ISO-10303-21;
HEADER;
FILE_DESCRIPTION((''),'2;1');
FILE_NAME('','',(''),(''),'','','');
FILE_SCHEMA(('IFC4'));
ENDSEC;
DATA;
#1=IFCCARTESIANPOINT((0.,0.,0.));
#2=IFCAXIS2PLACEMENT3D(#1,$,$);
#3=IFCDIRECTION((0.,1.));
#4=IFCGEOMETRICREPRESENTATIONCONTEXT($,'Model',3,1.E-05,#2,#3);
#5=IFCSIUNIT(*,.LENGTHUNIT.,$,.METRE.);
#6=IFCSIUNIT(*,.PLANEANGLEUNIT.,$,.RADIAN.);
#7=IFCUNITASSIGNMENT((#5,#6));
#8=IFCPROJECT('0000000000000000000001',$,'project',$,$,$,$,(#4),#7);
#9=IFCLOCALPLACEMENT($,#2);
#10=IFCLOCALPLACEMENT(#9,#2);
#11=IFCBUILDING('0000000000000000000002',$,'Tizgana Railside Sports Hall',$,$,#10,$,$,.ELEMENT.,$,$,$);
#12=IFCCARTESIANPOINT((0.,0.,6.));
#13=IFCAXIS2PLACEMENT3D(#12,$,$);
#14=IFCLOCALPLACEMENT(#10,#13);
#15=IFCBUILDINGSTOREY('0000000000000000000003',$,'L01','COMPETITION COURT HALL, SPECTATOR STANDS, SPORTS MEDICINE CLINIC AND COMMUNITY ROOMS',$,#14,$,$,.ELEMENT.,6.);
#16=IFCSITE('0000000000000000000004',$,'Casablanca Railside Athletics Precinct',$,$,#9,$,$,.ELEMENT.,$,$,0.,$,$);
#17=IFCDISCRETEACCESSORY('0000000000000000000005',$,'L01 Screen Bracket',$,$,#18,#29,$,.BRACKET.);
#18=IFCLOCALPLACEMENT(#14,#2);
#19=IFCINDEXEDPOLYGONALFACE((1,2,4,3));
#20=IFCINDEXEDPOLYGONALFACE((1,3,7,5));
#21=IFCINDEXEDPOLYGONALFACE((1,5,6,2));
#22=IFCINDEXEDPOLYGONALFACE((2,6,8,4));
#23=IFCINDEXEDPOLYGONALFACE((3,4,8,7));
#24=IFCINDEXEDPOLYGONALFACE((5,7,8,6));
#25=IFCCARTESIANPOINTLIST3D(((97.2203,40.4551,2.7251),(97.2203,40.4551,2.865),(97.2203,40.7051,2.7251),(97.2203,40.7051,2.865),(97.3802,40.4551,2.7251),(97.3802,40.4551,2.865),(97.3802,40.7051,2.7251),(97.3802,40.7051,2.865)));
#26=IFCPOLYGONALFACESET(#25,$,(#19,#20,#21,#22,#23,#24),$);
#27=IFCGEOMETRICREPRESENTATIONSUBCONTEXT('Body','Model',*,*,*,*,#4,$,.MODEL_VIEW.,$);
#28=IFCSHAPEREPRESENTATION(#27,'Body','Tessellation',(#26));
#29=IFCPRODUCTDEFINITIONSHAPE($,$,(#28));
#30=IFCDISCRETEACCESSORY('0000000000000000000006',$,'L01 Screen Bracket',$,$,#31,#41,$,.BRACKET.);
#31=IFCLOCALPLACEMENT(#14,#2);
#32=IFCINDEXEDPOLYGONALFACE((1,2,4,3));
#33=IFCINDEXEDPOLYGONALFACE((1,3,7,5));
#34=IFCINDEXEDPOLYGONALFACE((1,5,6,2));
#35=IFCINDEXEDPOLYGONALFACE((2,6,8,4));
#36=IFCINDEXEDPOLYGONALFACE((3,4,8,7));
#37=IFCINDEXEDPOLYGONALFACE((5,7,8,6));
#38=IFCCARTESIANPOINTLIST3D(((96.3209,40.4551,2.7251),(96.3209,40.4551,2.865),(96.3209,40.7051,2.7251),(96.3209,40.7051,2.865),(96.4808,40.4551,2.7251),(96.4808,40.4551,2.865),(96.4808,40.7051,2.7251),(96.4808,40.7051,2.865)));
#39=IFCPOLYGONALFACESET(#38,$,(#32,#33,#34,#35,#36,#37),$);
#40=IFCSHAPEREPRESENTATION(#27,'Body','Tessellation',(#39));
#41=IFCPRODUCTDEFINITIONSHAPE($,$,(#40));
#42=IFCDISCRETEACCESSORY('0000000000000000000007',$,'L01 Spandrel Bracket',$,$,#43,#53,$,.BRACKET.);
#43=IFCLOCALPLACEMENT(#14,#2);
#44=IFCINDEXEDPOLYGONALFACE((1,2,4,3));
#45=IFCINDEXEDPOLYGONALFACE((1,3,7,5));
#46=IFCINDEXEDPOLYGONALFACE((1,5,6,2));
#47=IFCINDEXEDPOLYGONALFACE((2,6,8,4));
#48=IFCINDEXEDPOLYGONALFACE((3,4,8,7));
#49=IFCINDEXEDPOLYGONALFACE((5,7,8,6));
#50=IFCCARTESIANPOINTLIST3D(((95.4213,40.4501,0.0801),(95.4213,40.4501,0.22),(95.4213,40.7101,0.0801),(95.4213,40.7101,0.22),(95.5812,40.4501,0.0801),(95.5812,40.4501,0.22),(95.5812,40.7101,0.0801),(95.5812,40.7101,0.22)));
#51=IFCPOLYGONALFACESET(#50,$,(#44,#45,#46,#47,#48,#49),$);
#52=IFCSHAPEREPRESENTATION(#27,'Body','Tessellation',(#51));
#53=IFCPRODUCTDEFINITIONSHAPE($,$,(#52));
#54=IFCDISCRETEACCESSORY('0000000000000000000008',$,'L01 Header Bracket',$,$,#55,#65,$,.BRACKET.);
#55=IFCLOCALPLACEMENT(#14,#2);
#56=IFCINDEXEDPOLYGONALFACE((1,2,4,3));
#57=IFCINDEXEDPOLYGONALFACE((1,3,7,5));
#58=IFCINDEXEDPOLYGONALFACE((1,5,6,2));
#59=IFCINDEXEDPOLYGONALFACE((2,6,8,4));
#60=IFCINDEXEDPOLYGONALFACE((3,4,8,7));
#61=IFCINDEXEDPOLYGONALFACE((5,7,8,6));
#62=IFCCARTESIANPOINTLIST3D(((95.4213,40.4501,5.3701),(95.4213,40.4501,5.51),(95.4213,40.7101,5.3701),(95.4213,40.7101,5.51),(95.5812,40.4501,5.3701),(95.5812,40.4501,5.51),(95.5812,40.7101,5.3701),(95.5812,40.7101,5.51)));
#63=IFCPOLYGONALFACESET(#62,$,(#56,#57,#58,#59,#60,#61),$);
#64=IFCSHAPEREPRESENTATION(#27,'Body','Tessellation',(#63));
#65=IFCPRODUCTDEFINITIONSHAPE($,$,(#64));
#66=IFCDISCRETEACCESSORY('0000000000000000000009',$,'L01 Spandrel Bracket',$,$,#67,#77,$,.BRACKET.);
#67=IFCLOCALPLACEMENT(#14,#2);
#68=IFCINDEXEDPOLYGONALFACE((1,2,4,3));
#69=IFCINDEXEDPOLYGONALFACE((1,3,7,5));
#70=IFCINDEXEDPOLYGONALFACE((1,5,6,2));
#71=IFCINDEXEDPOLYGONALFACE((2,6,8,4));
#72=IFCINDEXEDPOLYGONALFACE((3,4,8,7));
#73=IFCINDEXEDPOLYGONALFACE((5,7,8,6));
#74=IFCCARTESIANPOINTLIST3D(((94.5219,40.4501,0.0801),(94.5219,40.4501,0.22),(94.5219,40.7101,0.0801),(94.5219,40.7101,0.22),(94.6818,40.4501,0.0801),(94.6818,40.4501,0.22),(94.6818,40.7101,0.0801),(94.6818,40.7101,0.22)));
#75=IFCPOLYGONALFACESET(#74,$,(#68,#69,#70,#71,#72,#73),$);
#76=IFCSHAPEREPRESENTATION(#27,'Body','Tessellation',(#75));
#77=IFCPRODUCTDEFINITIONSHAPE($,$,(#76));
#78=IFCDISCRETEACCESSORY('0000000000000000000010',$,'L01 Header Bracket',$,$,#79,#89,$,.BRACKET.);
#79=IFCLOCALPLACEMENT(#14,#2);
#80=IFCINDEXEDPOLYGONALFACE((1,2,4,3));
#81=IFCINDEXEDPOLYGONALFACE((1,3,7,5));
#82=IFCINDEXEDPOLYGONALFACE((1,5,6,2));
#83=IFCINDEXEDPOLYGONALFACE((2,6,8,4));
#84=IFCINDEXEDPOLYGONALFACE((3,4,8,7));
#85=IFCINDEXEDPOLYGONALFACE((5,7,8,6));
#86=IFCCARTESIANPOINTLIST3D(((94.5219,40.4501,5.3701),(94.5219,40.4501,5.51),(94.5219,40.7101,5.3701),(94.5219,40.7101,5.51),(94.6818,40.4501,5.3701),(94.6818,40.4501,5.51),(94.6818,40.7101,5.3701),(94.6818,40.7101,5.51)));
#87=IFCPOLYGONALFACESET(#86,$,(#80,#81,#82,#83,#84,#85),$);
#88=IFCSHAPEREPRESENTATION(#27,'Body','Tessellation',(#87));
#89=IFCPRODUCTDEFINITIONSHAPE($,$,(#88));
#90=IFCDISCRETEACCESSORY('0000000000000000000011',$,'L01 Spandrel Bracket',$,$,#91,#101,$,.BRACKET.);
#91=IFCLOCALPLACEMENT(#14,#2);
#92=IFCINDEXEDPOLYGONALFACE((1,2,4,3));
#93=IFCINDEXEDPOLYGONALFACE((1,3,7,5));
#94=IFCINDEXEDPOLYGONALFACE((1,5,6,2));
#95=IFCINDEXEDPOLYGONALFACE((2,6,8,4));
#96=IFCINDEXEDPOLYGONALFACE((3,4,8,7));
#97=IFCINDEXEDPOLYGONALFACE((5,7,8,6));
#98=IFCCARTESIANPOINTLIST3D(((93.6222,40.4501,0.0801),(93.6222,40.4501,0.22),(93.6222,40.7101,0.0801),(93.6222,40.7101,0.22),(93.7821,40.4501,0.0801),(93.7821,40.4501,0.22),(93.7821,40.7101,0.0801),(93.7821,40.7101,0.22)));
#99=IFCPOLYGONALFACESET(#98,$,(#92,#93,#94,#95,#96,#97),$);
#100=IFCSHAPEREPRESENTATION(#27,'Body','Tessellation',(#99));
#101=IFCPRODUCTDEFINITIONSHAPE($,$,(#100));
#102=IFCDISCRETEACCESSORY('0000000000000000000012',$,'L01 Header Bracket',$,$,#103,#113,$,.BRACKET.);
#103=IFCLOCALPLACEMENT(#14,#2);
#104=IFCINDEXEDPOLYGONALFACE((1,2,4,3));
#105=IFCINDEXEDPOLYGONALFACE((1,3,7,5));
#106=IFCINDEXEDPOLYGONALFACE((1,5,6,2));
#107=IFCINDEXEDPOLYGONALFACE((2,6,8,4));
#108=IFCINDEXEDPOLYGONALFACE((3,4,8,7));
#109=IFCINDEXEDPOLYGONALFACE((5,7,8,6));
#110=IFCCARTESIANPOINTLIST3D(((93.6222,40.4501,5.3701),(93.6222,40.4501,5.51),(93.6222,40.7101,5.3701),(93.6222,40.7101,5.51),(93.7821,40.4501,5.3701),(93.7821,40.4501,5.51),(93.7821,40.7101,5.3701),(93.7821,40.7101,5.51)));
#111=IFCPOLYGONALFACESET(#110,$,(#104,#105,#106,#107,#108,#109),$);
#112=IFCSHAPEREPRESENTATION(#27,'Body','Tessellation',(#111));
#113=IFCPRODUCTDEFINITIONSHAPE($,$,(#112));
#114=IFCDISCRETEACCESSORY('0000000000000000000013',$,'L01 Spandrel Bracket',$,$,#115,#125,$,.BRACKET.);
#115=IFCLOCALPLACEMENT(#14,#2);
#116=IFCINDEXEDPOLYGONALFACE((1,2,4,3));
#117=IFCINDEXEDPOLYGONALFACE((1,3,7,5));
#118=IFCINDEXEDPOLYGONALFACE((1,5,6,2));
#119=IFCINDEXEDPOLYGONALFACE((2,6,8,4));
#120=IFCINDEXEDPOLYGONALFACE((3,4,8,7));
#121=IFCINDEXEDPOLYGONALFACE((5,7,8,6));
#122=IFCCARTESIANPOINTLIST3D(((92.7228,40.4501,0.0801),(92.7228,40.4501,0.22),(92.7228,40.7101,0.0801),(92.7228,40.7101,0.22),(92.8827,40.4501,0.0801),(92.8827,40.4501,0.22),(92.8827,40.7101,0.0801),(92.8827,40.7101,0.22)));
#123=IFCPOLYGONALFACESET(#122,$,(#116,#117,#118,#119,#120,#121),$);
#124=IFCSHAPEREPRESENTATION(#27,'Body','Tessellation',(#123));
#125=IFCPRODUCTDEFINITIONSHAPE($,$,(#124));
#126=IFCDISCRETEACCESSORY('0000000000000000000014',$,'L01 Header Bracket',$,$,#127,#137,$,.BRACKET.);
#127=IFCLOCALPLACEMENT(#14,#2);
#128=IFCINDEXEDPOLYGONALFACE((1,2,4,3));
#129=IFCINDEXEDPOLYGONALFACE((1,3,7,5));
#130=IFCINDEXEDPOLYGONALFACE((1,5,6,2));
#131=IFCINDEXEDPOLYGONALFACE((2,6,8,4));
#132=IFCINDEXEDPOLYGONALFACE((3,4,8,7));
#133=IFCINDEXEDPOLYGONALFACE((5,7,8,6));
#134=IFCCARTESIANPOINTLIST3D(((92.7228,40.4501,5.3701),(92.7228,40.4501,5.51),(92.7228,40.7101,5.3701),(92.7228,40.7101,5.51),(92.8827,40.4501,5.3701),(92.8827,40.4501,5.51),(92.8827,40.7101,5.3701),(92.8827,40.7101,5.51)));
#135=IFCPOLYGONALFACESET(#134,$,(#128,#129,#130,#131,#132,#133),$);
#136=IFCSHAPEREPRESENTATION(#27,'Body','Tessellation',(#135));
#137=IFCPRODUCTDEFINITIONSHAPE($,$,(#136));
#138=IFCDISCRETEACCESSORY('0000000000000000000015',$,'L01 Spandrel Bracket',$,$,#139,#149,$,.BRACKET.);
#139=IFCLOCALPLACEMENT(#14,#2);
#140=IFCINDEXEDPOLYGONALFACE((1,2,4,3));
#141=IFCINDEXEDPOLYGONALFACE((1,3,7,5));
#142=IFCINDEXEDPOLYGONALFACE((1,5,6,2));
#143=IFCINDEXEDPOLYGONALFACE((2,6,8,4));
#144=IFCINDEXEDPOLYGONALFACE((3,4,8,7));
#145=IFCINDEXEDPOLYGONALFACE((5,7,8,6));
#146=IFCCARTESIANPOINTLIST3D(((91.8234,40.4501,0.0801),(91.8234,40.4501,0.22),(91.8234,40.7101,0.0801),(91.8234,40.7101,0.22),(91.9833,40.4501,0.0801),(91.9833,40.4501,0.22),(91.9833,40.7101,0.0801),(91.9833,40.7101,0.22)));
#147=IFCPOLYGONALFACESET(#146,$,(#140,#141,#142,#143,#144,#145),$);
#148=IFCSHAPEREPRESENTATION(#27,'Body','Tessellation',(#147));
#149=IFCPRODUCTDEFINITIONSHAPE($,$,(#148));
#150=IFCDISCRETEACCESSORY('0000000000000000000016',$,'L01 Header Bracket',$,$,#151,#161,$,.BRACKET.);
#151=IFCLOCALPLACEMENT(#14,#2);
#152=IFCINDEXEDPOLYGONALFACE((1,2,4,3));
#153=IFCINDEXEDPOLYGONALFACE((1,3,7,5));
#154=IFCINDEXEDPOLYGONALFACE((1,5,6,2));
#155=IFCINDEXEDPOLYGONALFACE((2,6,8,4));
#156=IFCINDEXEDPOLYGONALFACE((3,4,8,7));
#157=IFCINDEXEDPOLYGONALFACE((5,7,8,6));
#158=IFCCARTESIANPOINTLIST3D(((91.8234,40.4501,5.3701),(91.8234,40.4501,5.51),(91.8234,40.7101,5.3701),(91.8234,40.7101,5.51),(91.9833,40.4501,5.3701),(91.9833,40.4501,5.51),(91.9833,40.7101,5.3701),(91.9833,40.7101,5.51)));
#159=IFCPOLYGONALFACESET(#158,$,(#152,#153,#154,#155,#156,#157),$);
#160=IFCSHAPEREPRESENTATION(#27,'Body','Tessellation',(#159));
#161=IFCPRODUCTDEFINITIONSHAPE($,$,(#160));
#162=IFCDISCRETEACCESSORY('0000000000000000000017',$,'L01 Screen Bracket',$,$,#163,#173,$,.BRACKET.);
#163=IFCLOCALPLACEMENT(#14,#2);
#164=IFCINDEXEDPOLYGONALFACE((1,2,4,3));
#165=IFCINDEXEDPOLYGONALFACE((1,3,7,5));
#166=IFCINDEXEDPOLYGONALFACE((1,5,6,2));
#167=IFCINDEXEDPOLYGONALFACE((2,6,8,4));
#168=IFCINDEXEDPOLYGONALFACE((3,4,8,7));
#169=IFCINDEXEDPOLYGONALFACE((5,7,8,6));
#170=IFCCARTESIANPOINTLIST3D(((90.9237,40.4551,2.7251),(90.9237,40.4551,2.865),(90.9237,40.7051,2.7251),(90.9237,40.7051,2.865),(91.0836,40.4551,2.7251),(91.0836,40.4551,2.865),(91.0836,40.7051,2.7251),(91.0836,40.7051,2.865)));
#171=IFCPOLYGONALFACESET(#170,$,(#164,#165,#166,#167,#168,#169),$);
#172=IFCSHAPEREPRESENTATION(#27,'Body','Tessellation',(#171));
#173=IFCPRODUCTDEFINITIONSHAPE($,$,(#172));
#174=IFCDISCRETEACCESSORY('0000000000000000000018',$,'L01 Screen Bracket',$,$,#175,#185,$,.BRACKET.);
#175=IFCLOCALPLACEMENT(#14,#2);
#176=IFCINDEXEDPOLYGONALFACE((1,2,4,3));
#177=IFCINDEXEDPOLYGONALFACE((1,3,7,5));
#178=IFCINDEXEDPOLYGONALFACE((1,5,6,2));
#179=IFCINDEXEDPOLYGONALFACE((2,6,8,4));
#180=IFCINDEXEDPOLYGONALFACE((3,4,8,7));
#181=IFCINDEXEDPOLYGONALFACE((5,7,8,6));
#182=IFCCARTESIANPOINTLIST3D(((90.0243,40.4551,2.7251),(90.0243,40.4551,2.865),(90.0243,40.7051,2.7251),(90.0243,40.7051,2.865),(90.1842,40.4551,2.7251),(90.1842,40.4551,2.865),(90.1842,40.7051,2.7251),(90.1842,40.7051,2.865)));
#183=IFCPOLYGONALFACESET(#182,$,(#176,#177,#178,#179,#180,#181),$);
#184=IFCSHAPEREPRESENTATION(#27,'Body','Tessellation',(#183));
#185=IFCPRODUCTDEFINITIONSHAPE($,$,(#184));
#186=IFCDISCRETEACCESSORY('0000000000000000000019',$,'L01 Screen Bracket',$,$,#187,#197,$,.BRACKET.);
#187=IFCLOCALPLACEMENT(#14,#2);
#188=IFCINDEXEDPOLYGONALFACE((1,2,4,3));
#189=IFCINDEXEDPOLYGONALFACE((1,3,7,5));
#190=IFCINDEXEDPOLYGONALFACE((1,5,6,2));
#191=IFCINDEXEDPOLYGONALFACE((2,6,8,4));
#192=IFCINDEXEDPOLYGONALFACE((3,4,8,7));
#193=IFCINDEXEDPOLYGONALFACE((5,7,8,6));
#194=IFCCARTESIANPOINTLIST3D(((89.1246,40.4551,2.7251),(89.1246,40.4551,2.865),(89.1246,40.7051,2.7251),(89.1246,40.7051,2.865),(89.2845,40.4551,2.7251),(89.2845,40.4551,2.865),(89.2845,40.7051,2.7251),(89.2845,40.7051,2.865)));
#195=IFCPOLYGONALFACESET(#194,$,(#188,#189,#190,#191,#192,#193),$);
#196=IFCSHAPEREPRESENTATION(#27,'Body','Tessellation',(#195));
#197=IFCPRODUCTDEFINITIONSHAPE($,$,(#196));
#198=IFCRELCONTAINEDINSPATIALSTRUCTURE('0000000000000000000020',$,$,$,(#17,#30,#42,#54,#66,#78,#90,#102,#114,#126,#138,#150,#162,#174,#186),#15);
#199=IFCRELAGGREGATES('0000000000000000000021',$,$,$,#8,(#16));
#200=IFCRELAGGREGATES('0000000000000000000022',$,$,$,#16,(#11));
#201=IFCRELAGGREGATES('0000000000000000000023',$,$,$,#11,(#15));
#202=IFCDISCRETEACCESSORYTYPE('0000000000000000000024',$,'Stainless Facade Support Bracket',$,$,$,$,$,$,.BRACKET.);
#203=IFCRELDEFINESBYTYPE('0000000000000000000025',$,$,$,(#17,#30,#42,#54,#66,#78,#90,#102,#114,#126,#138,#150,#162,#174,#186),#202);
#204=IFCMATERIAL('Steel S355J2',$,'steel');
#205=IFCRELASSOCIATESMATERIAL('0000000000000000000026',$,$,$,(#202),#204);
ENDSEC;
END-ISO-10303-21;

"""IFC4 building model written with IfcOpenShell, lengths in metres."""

from ifc_helpers import new_model, si_unit, direction, frame, origin, origin_2d, place, context, subcontext, project, spatial, rectangle, extrude, material, type_object, element, save


model = new_model("IFC4")

# Units and contexts
model_context = context("Model", 3, precision=1e-05, world=origin(), true_north=direction((0.0, 1.0)))
body_context = subcontext(model_context, "Body", "Model", "MODEL_VIEW")
ifc_project = project(units=[si_unit("LENGTHUNIT", "METRE"), si_unit("PLANEANGLEUNIT", "RADIAN")], contexts=[model_context])

# Site, building, storey
site_placement = place(None, origin())
site = spatial("IfcSite", under=ifc_project, at=site_placement, Name="Casablanca Railside Athletics Precinct", CompositionType="ELEMENT", RefElevation=0.0)
building_placement = place(site_placement, origin())
building = spatial("IfcBuilding", under=site, at=building_placement, Name="Tizgana Railside Sports Hall", CompositionType="ELEMENT")
storey_placement = place(building_placement, frame((0.0, 0.0, 6.0)))
storey = spatial("IfcBuildingStorey", under=building, at=storey_placement, Name="L01", Description="COMPETITION COURT HALL, SPECTATOR STANDS, SPORTS MEDICINE CLINIC AND COMMUNITY ROOMS", CompositionType="ELEMENT", Elevation=6.0)

# Shared definitions
ifc_material_1 = material(Name="Steel S355J2", Category="steel")

# Discrete accessories
discrete_accessory_type = type_object("IfcDiscreteAccessoryType", Name="Stainless Facade Support Bracket", PredefinedType="BRACKET", material=ifc_material_1)
for number, where, z_axis, x_axis, name in (
    (1, (97.3003, 40.5801, 2.7251), (0.0, 0.0, 1.0), (-1.0, 0.0, 0.0), "L01 Screen Bracket"),
    (2, (96.4009, 40.5801, 2.7251), (0.0, 0.0, 1.0), (-1.0, 0.0, 0.0), "L01 Screen Bracket"),
):
    element("IfcDiscreteAccessory", number, at=place(storey_placement, frame(where, z_axis=z_axis, x_axis=x_axis)), inside=storey, type_object=discrete_accessory_type, Name=name, PredefinedType="BRACKET", context=body_context, shape_type="SweptSolid", body=[
        extrude(rectangle(XDim=0.1599, YDim=0.25, at=origin_2d()), origin(), (0.0, 0.0, 1.0), 0.1399),
    ])
for number, where, z_axis, x_axis, name in (
    (3, (95.5012, 40.5801, 0.0801), (0.0, 0.0, 1.0), (-1.0, 0.0, 0.0), "L01 Spandrel Bracket"),
    (4, (95.5012, 40.5801, 5.3701), (0.0, 0.0, 1.0), (-1.0, 0.0, 0.0), "L01 Header Bracket"),
    (5, (94.6018, 40.5801, 0.0801), (0.0, 0.0, 1.0), (-1.0, 0.0, 0.0), "L01 Spandrel Bracket"),
    (6, (94.6018, 40.5801, 5.3701), (0.0, 0.0, 1.0), (-1.0, 0.0, 0.0), "L01 Header Bracket"),
    (7, (93.7021, 40.5801, 0.0801), (0.0, 0.0, 1.0), (-1.0, 0.0, 0.0), "L01 Spandrel Bracket"),
    (8, (93.7021, 40.5801, 5.3701), (0.0, 0.0, 1.0), (-1.0, 0.0, 0.0), "L01 Header Bracket"),
    (9, (92.8027, 40.5801, 0.0801), (0.0, 0.0, 1.0), (-1.0, 0.0, 0.0), "L01 Spandrel Bracket"),
    (10, (92.8027, 40.5801, 5.3701), (0.0, 0.0, 1.0), (-1.0, 0.0, 0.0), "L01 Header Bracket"),
    (11, (91.9033, 40.5801, 0.0801), (0.0, 0.0, 1.0), (-1.0, 0.0, 0.0), "L01 Spandrel Bracket"),
    (12, (91.9033, 40.5801, 5.3701), (0.0, 0.0, 1.0), (-1.0, 0.0, 0.0), "L01 Header Bracket"),
):
    element("IfcDiscreteAccessory", number, at=place(storey_placement, frame(where, z_axis=z_axis, x_axis=x_axis)), inside=storey, type_object=discrete_accessory_type, Name=name, PredefinedType="BRACKET", context=body_context, shape_type="SweptSolid", body=[
        extrude(rectangle(XDim=0.1599, YDim=0.26, at=origin_2d()), origin(), (0.0, 0.0, 1.0), 0.1399),
    ])
for number, where, z_axis, x_axis, name in (
    (13, (91.0037, 40.5801, 2.7251), (0.0, 0.0, 1.0), (-1.0, 0.0, 0.0), "L01 Screen Bracket"),
    (14, (90.1042, 40.5801, 2.7251), (0.0, 0.0, 1.0), (-1.0, 0.0, 0.0), "L01 Screen Bracket"),
    (15, (89.2046, 40.5801, 2.7251), (0.0, 0.0, 1.0), (-1.0, 0.0, 0.0), "L01 Screen Bracket"),
):
    element("IfcDiscreteAccessory", number, at=place(storey_placement, frame(where, z_axis=z_axis, x_axis=x_axis)), inside=storey, type_object=discrete_accessory_type, Name=name, PredefinedType="BRACKET", context=body_context, shape_type="SweptSolid", body=[
        extrude(rectangle(XDim=0.1599, YDim=0.25, at=origin_2d()), origin(), (0.0, 0.0, 1.0), 0.1399),
    ])

save(model, "model.ifc")
